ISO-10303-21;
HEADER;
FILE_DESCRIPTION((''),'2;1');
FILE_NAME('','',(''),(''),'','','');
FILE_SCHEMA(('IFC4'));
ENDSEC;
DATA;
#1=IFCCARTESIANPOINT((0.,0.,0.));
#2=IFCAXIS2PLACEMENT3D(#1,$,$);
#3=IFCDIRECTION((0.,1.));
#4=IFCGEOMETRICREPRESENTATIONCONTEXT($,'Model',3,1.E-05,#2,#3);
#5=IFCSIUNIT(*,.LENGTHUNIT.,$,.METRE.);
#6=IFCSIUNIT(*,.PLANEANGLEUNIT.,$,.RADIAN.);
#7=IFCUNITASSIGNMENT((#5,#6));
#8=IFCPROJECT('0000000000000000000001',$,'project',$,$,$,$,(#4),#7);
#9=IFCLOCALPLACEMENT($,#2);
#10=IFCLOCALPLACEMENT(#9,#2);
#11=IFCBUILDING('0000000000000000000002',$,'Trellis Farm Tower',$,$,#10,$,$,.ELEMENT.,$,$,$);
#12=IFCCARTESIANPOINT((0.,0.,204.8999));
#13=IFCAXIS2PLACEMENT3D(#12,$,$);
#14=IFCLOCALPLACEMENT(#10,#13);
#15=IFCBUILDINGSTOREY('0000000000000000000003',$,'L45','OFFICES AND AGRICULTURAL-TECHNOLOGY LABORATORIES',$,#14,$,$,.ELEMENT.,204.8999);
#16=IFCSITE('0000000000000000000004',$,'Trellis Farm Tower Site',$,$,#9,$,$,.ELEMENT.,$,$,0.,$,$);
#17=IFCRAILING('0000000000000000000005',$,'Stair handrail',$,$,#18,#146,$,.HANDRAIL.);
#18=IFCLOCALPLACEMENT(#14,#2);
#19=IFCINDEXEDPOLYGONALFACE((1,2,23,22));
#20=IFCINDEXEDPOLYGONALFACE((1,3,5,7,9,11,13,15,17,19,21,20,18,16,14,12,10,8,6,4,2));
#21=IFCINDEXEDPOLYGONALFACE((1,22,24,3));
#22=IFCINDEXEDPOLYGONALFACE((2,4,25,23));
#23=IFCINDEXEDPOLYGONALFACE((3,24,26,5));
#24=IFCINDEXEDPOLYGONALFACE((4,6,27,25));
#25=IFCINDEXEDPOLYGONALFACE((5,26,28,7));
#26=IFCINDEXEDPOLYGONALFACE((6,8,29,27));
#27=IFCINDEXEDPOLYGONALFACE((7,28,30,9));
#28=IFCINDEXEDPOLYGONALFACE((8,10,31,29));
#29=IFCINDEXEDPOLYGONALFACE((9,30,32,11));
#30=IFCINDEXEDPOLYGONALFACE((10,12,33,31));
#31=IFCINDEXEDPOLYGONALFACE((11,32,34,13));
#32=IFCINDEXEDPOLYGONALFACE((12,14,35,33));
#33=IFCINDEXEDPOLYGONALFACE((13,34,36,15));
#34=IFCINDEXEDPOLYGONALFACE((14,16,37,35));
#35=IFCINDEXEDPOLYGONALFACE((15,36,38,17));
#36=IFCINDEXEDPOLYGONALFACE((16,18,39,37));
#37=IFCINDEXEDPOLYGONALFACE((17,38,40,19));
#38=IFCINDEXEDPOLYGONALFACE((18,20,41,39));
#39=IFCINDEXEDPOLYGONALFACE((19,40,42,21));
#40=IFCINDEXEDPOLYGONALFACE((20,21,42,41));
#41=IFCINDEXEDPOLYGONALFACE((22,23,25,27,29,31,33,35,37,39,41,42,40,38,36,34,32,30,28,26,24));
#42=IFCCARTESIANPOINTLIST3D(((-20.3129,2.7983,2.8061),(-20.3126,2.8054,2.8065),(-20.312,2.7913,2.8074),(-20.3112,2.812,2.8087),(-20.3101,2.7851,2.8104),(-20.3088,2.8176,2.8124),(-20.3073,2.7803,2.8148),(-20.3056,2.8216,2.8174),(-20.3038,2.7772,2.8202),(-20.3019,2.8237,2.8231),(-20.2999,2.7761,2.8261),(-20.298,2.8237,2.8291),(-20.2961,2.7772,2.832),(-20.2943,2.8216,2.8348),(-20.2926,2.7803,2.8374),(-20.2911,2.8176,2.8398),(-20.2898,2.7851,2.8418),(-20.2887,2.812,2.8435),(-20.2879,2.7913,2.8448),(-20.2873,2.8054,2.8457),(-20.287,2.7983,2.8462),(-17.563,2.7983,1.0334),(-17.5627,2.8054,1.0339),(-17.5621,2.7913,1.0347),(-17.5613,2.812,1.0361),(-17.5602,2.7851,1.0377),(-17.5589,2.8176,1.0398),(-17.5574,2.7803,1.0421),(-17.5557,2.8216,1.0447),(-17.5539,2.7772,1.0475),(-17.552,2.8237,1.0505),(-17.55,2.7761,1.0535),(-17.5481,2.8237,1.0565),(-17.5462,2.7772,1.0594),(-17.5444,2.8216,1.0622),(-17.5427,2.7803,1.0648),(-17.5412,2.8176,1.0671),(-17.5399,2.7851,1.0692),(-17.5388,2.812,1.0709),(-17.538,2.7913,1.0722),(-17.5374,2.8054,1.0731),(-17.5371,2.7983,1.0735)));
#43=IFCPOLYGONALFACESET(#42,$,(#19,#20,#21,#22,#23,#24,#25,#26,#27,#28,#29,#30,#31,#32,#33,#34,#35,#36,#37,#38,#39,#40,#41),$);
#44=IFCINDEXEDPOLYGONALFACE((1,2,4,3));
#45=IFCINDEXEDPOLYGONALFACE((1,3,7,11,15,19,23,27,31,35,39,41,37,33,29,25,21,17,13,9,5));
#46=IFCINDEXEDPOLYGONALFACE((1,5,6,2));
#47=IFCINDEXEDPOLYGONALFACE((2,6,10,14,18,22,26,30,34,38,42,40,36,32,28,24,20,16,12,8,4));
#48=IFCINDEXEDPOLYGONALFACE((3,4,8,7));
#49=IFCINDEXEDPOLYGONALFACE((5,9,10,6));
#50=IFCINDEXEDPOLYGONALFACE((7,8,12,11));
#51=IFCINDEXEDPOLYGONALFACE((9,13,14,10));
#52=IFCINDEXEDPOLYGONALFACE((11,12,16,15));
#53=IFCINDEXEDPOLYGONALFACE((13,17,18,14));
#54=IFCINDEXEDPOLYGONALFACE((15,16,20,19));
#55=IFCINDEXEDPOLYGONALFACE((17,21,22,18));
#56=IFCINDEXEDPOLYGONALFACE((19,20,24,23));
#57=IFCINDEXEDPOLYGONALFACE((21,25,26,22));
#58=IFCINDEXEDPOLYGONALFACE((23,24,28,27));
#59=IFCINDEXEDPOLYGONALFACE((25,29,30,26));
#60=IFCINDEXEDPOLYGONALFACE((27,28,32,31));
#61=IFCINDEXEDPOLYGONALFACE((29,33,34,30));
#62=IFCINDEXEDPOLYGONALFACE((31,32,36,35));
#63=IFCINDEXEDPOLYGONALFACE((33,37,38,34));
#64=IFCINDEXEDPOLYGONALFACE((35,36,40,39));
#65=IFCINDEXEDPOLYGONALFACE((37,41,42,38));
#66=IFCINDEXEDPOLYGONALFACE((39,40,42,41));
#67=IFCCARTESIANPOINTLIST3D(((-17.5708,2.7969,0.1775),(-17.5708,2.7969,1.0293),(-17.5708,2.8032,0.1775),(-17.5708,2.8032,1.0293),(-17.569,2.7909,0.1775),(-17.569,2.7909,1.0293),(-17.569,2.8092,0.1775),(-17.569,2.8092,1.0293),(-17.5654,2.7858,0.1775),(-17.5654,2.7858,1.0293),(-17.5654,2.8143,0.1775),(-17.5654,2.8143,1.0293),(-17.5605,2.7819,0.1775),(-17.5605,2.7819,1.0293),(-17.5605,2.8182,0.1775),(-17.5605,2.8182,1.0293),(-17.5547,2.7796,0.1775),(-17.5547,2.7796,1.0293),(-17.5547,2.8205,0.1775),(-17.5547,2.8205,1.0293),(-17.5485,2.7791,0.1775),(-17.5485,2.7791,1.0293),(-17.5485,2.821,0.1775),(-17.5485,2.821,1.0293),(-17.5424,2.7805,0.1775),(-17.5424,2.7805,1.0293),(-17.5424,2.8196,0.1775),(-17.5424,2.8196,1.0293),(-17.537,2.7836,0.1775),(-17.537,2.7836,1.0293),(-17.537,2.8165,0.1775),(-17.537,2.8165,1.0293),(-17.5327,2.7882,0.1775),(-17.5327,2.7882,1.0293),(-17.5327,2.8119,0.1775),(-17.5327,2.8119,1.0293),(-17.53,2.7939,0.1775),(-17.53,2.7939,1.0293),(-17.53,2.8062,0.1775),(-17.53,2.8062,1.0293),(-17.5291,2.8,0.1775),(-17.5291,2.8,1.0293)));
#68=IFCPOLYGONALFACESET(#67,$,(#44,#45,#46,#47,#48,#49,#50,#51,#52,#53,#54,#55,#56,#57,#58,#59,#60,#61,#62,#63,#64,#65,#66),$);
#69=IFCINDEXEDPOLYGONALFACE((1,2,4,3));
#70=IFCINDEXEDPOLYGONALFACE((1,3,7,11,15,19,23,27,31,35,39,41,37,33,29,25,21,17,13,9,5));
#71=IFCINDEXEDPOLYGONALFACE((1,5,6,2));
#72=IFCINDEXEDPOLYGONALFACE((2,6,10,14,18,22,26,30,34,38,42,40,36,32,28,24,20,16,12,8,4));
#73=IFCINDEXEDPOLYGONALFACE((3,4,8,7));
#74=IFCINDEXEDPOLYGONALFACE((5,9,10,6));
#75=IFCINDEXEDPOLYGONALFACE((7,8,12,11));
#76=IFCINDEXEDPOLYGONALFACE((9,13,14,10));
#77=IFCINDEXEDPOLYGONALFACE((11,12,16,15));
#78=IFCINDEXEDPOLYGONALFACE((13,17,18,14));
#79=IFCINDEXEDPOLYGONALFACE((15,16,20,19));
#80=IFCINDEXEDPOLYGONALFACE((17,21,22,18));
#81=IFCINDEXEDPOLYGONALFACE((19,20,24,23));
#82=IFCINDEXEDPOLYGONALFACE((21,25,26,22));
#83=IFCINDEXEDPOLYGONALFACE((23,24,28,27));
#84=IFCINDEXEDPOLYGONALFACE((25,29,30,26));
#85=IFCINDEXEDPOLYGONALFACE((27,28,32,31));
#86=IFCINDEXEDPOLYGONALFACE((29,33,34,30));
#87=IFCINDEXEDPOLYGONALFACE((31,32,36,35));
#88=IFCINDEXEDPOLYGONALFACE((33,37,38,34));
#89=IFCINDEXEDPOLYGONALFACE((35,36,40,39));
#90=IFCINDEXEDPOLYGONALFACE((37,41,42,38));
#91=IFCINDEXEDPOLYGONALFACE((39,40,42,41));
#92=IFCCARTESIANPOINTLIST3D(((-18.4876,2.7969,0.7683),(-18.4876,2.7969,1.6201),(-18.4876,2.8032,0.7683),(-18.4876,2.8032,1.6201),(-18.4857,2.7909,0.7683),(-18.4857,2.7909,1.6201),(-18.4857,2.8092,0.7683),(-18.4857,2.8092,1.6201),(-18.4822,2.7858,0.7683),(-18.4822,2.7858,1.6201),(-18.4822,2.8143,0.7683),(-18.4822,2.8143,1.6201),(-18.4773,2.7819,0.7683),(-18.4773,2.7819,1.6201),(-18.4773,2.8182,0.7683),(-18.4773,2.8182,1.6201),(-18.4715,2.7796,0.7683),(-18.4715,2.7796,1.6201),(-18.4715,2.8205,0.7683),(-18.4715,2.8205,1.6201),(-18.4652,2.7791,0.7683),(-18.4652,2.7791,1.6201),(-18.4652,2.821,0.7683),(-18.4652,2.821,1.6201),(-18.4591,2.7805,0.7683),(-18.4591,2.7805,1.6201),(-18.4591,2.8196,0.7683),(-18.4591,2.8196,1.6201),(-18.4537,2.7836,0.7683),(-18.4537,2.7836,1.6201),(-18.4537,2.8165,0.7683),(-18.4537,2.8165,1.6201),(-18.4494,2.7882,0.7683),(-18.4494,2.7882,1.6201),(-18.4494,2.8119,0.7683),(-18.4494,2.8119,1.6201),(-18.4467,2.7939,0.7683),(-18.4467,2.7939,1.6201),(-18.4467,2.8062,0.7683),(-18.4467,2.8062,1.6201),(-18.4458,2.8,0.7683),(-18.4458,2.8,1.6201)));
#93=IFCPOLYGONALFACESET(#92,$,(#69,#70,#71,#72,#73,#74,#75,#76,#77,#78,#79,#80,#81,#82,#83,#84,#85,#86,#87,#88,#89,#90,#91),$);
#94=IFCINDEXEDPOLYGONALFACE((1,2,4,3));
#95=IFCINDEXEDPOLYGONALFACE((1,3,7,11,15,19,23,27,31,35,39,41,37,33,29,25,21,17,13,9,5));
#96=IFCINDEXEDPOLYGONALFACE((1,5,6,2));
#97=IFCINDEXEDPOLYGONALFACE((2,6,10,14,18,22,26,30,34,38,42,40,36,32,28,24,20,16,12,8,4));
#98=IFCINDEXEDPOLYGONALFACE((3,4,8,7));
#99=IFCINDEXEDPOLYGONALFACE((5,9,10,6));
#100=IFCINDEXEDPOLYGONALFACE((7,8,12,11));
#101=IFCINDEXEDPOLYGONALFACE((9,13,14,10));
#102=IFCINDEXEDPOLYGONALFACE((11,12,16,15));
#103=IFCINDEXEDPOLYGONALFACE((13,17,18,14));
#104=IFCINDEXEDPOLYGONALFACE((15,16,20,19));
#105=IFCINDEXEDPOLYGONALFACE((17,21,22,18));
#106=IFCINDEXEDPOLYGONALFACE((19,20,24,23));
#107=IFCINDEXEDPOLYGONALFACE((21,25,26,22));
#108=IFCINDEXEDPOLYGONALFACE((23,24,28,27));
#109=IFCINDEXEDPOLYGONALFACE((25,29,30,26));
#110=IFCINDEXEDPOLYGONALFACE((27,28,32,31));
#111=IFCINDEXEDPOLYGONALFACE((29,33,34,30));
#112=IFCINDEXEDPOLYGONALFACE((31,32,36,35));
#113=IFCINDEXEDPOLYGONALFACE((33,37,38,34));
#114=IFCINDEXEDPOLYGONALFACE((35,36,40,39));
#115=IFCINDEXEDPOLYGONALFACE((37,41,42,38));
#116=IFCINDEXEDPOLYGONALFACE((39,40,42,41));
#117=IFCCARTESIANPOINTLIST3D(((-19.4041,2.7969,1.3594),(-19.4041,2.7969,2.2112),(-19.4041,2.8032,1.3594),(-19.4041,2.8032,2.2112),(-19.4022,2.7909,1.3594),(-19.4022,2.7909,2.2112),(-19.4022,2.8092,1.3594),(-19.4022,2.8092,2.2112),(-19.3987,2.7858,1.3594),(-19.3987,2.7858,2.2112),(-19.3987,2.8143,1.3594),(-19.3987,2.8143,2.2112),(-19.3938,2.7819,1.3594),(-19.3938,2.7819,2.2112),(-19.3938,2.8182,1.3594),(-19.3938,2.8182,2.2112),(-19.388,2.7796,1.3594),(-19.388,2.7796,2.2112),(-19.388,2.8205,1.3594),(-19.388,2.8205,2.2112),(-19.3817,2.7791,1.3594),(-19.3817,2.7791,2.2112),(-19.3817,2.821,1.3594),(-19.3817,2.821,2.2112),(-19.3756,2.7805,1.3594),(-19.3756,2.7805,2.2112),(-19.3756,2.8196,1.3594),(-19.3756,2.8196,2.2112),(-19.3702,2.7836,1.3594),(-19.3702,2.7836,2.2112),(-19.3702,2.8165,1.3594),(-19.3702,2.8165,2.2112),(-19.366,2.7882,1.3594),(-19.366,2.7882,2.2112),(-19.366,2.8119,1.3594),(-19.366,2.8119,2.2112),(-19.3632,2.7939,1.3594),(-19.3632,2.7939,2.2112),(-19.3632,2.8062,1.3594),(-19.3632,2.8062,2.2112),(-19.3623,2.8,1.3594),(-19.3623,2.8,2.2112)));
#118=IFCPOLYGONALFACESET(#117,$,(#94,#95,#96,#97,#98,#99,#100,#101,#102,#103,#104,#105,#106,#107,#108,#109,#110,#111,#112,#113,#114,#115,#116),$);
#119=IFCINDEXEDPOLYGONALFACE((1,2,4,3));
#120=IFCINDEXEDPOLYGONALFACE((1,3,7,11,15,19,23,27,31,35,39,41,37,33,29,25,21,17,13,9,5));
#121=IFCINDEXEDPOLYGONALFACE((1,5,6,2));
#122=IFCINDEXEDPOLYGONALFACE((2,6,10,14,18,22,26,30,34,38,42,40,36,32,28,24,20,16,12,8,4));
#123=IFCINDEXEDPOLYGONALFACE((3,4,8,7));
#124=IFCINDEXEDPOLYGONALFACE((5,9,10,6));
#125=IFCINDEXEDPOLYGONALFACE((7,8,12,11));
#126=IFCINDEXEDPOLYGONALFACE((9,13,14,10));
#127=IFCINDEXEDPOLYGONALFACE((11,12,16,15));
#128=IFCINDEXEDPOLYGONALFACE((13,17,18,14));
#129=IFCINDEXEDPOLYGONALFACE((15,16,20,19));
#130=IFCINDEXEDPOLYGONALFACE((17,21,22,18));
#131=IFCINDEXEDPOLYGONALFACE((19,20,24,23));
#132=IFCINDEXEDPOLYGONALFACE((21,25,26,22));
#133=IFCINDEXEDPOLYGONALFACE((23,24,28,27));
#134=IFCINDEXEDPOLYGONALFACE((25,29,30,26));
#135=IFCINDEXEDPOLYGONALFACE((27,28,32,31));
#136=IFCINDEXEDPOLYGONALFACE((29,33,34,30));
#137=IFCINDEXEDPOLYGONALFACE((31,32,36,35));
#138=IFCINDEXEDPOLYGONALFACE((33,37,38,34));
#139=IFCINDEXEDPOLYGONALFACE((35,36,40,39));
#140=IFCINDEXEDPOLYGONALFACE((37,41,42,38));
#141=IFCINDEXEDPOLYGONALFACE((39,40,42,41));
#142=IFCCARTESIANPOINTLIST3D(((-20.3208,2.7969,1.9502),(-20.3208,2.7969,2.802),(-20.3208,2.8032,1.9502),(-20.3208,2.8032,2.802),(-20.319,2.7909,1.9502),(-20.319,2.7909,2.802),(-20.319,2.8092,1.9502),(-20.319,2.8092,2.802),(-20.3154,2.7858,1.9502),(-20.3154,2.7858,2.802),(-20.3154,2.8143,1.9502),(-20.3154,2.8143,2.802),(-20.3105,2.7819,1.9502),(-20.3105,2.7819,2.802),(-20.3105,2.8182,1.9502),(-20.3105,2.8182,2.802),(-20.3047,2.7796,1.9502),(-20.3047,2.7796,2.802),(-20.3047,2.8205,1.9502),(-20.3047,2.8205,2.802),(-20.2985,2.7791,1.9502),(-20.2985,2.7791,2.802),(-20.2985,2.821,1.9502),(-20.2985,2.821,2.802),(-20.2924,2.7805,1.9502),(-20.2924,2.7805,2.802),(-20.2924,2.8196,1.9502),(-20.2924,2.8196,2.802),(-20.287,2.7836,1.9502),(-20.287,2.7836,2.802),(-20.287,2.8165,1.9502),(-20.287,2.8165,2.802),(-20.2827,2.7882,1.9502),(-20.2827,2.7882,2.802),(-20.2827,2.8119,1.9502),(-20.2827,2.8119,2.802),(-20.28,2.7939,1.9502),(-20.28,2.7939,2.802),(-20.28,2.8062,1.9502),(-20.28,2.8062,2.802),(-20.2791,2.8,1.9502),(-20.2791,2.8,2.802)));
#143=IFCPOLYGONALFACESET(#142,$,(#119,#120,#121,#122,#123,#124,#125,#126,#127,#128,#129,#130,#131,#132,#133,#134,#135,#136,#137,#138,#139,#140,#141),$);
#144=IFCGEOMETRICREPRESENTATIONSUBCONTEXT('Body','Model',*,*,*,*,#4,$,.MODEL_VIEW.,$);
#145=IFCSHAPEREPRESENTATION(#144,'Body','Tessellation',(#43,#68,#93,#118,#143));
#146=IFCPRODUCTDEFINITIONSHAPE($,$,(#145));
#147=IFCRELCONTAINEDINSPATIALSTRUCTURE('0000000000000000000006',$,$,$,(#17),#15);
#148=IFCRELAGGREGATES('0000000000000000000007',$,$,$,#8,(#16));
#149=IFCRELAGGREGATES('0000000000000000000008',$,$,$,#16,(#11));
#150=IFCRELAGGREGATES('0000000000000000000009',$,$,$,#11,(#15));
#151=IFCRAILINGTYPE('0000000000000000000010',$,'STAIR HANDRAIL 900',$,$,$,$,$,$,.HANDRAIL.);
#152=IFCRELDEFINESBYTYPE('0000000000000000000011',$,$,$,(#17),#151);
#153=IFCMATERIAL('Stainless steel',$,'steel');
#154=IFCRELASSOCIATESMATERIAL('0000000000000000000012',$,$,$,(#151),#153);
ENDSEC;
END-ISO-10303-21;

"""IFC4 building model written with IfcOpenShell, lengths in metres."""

from ifc_helpers import new_model, si_unit, direction, frame, origin, origin_2d, place, context, subcontext, project, spatial, circle, extrude, source, transform, mapped, material, type_object, element, save


model = new_model("IFC4")

# Units and contexts
model_context = context("Model", 3, precision=1e-05, world=origin(), true_north=direction((0.0, 1.0)))
body_context = subcontext(model_context, "Body", "Model", "MODEL_VIEW")
ifc_project = project(units=[si_unit("LENGTHUNIT", "METRE"), si_unit("PLANEANGLEUNIT", "RADIAN")], contexts=[model_context])

# Site, building, storey
site_placement = place(None, origin())
site = spatial("IfcSite", under=ifc_project, at=site_placement, Name="Trellis Farm Tower Site", CompositionType="ELEMENT", RefElevation=0.0)
building_placement = place(site_placement, origin())
building = spatial("IfcBuilding", under=site, at=building_placement, Name="Trellis Farm Tower", CompositionType="ELEMENT")
storey_placement = place(building_placement, frame((0.0, 0.0, 204.8999)))
storey = spatial("IfcBuildingStorey", under=building, at=storey_placement, Name="L45", Description="OFFICES AND AGRICULTURAL-TECHNOLOGY LABORATORIES", CompositionType="ELEMENT", Elevation=204.8999)

# Railing
ifc_material_1 = material(Name="Stainless steel", Category="steel")
railing_type = type_object("IfcRailingType", Name="STAIR HANDRAIL 900", PredefinedType="HANDRAIL", material=ifc_material_1)
shared_shape_1 = source(origin(), body_context, "Body", "SweptSolid", [
    extrude(circle(Radius=0.0239, at=origin_2d()), frame((0.0, 0.0, 0.876), z_axis=(-0.840504, 0.0, 0.541806), x_axis=(0.0, -1.0, 0.0)), (0.0, 0.0, 1.0), 3.2717),
    extrude(circle(Radius=0.021, at=origin_2d()), origin(), (0.0, 0.0, 1.0), 0.8518),
    extrude(circle(Radius=0.021, at=origin_2d()), frame((-0.9167, 0.0, 0.5908)), (0.0, 0.0, 1.0), 0.8518),
    extrude(circle(Radius=0.021, at=origin_2d()), frame((-1.8333, 0.0, 1.1819)), (0.0, 0.0, 1.0), 0.8518),
    extrude(circle(Radius=0.021, at=origin_2d()), frame((-2.75, 0.0, 1.7727)), (0.0, 0.0, 1.0), 0.8518),
])
for number, where, name in (
    (1, (-17.55, 2.8, 0.1775), "Stair handrail"),
):
    element("IfcRailing", number, at=place(storey_placement, frame(where)), inside=storey, type_object=railing_type, Name=name, PredefinedType="HANDRAIL", context=body_context, shape_type="MappedRepresentation", body=[
        mapped(shared_shape_1, transform((0.0, 0.0, 0.0))),
    ])

save(model, "model.ifc")
